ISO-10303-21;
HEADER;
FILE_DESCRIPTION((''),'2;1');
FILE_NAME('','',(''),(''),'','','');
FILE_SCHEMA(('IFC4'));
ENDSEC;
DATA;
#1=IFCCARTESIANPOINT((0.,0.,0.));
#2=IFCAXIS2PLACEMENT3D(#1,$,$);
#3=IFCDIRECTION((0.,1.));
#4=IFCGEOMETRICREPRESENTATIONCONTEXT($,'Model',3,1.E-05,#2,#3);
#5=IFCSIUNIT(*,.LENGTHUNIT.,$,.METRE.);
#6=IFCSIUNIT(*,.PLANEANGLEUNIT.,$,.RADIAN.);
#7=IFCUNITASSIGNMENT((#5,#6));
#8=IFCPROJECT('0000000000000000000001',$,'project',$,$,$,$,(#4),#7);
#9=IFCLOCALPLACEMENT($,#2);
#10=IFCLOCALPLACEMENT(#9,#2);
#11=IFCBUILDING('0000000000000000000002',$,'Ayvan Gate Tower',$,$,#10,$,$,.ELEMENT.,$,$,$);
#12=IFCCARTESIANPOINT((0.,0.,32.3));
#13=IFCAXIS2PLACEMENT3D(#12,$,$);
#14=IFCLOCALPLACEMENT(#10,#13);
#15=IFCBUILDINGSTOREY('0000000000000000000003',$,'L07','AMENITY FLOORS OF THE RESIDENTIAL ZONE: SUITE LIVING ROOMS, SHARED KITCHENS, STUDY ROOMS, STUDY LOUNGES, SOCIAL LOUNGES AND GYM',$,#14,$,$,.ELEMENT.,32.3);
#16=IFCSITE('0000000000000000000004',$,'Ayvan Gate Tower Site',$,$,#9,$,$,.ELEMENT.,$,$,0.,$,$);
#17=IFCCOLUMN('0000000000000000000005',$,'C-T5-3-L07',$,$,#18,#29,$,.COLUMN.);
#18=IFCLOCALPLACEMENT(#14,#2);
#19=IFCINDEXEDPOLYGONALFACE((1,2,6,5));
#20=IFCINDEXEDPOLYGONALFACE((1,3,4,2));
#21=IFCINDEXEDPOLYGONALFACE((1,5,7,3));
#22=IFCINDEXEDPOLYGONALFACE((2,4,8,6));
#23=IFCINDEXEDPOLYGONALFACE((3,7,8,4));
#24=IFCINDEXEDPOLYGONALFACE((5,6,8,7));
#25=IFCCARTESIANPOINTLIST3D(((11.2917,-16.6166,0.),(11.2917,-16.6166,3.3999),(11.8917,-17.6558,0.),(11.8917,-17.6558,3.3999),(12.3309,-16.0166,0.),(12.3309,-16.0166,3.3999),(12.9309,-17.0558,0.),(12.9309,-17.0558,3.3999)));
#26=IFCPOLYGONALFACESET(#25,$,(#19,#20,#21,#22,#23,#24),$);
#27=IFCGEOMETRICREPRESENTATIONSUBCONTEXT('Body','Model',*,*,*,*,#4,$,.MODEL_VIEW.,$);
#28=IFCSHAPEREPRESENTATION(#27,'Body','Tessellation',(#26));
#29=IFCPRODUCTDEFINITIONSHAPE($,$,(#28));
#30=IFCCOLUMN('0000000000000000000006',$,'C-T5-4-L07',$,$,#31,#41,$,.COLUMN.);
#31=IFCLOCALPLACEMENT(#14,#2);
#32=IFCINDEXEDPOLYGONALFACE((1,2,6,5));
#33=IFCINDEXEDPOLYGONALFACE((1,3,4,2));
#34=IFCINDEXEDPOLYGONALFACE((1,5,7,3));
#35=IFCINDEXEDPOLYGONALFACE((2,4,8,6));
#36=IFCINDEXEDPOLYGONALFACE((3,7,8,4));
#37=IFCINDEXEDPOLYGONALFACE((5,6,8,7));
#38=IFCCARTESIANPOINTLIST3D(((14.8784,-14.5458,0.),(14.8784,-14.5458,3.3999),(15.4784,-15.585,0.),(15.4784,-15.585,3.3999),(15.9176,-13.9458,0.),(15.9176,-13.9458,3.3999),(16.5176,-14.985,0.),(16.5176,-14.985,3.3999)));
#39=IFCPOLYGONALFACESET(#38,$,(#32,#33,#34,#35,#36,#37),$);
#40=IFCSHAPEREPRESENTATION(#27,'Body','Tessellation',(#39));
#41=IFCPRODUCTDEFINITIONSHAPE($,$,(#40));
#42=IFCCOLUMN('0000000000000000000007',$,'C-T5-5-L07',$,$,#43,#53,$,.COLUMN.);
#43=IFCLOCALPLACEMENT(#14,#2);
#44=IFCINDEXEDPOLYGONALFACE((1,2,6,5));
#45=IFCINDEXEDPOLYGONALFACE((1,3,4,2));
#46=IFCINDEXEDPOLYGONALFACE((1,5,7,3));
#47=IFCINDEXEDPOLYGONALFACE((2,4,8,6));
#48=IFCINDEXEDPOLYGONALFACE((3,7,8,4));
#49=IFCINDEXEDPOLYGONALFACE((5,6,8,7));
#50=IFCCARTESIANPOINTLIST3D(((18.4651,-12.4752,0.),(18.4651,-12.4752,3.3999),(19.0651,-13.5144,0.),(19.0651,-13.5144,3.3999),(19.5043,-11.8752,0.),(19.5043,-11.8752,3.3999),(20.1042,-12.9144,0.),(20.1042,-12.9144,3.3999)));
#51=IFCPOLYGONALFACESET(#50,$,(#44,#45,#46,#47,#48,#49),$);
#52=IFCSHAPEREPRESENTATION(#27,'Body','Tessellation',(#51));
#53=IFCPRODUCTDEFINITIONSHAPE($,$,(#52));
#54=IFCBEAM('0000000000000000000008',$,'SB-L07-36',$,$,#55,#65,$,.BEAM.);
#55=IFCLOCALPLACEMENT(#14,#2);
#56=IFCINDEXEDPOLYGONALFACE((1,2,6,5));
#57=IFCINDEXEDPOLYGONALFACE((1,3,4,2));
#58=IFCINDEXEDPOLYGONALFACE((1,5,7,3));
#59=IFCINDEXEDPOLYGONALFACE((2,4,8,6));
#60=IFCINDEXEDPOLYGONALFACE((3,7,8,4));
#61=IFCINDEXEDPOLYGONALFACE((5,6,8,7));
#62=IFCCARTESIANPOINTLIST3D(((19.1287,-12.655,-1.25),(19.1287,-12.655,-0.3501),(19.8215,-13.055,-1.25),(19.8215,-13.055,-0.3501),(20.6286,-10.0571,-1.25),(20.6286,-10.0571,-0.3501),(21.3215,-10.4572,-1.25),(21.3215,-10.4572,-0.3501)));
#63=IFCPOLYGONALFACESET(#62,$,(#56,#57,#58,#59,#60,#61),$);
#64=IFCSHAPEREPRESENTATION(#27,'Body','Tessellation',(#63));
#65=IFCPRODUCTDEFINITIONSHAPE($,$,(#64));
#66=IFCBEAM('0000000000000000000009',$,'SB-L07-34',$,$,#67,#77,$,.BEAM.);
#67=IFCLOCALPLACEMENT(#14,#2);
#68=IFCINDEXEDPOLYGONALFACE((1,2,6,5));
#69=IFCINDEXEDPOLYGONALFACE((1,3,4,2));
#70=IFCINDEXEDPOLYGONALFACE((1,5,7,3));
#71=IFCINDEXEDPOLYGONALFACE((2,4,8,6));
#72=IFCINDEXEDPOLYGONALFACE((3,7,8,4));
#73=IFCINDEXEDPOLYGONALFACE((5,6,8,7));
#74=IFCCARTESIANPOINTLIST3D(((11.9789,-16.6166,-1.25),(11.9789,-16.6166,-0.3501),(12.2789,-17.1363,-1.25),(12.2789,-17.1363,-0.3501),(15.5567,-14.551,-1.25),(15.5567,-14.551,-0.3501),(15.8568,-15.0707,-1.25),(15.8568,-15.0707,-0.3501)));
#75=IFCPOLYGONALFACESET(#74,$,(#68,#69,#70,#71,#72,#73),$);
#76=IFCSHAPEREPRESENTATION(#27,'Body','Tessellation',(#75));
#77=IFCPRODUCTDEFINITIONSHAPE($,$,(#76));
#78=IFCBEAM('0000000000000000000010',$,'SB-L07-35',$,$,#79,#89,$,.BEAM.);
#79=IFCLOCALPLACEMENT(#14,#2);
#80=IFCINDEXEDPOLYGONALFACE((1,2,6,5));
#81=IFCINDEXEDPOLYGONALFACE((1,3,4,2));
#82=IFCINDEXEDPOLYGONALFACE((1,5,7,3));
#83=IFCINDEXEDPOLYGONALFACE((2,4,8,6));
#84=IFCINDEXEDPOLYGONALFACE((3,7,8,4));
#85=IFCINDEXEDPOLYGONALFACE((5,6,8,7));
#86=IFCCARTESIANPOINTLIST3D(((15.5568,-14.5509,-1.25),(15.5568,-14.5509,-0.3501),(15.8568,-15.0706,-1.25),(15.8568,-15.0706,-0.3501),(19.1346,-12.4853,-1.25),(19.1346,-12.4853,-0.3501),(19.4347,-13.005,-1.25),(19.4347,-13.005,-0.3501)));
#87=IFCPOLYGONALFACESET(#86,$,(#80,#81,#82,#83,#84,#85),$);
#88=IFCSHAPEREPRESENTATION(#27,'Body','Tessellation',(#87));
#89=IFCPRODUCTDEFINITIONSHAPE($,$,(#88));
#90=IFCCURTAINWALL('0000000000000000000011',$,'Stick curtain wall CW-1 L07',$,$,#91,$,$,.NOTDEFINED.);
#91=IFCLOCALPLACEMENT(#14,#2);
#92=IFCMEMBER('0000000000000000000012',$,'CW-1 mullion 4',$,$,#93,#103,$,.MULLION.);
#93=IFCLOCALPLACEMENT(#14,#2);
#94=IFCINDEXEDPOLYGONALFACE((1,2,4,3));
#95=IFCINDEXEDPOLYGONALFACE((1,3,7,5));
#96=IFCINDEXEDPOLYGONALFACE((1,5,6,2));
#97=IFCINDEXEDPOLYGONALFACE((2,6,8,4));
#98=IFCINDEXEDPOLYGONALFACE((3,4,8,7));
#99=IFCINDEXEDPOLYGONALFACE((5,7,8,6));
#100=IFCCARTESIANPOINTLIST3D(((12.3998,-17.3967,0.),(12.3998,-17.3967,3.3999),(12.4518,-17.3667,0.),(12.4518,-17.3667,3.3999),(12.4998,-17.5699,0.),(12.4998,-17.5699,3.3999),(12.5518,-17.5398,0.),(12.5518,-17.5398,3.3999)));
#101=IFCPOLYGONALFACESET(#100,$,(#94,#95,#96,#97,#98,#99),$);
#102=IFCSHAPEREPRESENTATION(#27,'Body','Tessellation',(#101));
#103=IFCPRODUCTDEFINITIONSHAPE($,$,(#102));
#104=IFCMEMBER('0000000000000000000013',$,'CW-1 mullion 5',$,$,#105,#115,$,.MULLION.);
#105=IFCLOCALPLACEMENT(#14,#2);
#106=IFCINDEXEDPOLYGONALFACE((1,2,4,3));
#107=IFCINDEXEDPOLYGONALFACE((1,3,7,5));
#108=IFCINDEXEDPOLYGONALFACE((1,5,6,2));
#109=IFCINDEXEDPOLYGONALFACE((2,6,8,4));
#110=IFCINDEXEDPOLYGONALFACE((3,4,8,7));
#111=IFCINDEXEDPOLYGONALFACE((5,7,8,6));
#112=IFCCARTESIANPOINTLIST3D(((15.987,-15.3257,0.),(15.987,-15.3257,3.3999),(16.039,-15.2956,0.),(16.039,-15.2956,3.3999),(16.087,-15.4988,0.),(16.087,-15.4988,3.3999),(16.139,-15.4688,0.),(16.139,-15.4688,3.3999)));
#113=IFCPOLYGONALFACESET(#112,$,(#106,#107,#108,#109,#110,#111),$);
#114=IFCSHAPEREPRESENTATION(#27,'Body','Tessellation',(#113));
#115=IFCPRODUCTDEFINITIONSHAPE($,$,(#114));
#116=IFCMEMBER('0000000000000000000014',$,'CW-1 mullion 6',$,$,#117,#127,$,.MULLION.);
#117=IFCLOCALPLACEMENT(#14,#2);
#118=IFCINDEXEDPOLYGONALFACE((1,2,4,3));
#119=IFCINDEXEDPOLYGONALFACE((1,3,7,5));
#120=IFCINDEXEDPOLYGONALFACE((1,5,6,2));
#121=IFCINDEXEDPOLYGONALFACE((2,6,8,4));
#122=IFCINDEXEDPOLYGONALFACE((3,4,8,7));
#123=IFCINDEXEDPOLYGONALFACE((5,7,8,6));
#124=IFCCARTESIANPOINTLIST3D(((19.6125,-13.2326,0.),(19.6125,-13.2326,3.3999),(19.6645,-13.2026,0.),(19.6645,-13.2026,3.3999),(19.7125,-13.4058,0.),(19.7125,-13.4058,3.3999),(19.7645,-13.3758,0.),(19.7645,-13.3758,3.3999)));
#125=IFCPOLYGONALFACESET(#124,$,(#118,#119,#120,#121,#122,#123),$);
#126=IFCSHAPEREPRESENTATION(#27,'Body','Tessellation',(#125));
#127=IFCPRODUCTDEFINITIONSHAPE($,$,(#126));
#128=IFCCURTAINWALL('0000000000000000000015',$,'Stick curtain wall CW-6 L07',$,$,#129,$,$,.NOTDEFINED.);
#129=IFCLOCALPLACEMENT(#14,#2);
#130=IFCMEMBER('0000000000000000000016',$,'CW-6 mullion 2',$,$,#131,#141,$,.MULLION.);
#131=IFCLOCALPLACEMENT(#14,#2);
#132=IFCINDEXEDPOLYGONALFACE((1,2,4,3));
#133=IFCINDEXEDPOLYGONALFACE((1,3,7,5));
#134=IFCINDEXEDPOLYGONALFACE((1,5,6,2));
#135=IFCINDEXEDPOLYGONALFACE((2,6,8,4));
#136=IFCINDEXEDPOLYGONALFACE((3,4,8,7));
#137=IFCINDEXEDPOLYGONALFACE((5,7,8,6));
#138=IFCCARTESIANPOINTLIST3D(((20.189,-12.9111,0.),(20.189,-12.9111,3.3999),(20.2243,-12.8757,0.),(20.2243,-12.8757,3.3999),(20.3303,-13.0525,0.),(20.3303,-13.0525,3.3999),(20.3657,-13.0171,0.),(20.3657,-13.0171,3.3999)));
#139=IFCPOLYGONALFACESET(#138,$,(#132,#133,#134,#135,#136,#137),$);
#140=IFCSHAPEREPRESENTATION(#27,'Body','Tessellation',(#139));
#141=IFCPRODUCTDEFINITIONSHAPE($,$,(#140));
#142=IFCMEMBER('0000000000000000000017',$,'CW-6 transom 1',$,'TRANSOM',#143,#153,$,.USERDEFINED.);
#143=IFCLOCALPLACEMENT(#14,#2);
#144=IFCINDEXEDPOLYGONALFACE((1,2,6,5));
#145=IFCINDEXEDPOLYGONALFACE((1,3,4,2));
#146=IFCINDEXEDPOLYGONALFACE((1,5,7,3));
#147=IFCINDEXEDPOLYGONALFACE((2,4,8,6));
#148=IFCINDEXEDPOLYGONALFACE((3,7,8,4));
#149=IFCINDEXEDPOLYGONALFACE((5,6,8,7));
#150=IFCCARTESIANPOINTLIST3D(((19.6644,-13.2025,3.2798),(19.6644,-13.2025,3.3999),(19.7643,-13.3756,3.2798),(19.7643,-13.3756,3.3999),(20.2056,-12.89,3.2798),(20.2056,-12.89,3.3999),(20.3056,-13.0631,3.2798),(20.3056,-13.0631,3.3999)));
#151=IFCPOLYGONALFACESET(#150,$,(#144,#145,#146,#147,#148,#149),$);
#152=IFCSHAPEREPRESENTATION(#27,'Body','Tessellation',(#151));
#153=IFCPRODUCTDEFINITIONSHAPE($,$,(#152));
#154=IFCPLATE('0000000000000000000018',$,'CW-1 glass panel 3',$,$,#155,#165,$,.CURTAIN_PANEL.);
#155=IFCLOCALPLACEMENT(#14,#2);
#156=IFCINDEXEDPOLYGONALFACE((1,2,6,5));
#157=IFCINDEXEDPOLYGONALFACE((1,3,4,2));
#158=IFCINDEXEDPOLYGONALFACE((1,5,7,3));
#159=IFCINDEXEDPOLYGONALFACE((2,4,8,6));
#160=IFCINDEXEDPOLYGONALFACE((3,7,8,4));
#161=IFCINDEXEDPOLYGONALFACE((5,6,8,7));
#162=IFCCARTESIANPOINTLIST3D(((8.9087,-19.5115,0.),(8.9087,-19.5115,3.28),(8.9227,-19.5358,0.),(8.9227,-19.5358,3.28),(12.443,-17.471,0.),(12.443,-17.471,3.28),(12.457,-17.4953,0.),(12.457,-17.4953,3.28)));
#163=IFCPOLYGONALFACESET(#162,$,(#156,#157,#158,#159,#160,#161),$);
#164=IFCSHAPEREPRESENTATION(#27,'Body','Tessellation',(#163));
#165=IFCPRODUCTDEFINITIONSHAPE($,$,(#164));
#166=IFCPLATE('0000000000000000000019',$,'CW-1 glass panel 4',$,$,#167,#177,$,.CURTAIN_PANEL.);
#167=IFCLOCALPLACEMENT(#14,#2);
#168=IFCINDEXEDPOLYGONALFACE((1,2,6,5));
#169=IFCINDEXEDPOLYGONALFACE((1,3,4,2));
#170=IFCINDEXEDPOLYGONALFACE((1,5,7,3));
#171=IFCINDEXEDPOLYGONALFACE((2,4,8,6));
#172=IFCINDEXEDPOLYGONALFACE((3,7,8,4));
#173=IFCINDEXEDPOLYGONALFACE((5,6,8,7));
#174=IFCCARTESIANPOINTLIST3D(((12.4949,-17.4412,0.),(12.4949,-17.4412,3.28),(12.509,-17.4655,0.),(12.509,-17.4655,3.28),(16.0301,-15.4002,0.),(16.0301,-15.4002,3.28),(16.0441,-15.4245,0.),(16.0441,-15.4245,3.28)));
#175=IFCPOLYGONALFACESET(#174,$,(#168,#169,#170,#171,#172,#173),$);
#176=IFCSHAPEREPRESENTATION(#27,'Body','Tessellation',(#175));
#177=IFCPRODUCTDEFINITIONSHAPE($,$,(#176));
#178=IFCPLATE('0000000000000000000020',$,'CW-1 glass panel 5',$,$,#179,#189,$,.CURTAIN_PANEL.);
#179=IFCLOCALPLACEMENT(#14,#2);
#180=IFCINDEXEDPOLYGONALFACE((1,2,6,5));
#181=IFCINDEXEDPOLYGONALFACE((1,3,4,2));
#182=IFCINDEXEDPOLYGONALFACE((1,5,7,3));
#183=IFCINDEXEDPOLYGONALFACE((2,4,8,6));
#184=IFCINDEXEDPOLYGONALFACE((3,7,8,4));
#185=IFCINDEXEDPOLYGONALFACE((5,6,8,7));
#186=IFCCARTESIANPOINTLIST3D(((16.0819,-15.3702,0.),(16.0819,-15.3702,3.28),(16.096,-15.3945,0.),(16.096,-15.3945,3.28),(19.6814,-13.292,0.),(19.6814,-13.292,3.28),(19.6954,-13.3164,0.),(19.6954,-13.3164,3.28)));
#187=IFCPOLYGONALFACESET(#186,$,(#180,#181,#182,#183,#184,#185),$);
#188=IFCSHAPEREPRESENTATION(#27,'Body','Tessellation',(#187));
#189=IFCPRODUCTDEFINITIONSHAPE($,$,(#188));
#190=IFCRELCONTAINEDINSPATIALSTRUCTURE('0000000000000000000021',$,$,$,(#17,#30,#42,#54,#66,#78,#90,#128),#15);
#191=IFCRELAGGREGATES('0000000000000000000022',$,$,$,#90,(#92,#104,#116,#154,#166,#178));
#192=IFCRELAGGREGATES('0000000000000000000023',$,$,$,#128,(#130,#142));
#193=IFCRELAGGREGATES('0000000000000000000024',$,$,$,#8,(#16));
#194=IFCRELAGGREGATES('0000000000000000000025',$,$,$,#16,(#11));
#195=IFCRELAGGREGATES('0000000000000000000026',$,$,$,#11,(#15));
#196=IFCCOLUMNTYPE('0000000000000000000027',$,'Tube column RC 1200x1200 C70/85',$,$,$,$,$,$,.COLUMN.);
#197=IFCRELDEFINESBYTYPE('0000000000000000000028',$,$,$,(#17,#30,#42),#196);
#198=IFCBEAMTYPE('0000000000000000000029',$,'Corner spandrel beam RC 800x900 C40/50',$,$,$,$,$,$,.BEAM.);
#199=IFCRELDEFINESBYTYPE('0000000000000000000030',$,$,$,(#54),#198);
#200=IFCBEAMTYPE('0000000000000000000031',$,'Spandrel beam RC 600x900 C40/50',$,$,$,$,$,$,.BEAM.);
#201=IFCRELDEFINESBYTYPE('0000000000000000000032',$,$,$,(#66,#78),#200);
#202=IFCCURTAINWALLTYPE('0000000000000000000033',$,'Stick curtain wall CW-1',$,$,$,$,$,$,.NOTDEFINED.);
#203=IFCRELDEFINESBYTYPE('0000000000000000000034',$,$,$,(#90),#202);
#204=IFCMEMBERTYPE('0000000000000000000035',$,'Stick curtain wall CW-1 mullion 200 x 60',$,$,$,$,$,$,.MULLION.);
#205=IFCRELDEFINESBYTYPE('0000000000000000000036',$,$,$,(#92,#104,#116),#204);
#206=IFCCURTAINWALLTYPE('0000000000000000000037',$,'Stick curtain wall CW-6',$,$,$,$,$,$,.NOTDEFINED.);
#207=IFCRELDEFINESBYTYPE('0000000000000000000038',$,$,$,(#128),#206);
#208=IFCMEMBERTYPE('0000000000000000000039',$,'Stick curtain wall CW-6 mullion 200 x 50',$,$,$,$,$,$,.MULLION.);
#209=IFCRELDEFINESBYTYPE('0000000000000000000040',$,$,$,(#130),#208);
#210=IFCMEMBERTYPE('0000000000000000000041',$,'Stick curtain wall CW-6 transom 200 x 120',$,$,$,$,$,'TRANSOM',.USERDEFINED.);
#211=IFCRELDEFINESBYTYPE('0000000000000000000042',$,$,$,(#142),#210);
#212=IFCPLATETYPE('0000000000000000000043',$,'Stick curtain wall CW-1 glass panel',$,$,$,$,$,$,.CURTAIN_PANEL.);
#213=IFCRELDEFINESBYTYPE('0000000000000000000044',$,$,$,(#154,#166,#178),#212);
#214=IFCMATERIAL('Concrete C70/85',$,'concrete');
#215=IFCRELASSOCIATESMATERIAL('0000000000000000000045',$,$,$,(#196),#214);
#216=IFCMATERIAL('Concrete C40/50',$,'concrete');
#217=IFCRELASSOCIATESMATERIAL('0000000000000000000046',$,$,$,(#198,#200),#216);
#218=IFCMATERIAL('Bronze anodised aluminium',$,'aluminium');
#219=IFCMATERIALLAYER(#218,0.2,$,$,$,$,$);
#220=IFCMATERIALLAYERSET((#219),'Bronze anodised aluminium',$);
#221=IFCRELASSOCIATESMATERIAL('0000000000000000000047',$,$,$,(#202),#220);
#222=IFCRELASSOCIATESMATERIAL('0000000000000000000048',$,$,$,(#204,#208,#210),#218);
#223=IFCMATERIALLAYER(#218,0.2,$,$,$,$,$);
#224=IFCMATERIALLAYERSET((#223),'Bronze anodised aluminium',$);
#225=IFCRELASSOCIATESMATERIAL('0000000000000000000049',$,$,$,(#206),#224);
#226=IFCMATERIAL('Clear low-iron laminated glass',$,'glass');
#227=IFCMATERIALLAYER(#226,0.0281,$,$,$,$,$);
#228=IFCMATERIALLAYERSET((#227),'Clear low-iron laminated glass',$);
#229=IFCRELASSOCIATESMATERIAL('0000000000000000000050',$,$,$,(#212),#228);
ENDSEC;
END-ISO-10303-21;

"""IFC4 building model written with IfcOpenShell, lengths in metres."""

from ifc_helpers import new_model, si_unit, direction, frame, origin, origin_2d, place, context, subcontext, project, spatial, rectangle, extrude, material, layer, layer_set, material_profile, profile_set, type_object, element, aggregate, save


model = new_model("IFC4")

# Units and contexts
model_context = context("Model", 3, precision=1e-05, world=origin(), true_north=direction((0.0, 1.0)))
body_context = subcontext(model_context, "Body", "Model", "MODEL_VIEW")
ifc_project = project(units=[si_unit("LENGTHUNIT", "METRE"), si_unit("PLANEANGLEUNIT", "RADIAN")], contexts=[model_context])

# Site, building, storey
site_placement = place(None, origin())
site = spatial("IfcSite", under=ifc_project, at=site_placement, Name="Ayvan Gate Tower Site", CompositionType="ELEMENT", RefElevation=0.0)
building_placement = place(site_placement, origin())
building = spatial("IfcBuilding", under=site, at=building_placement, Name="Ayvan Gate Tower", CompositionType="ELEMENT")
storey_placement = place(building_placement, frame((0.0, 0.0, 32.3)))
storey = spatial("IfcBuildingStorey", under=building, at=storey_placement, Name="L07", Description="AMENITY FLOORS OF THE RESIDENTIAL ZONE: SUITE LIVING ROOMS, SHARED KITCHENS, STUDY ROOMS, STUDY LOUNGES, SOCIAL LOUNGES AND GYM", CompositionType="ELEMENT", Elevation=32.3)

# Columns
ifc_material_1 = material(Name="Concrete C70/85", Category="concrete")
ifc_material_profile_1 = material_profile(ifc_material_1, rectangle(XDim=1.2, YDim=1.2, at=origin_2d()), Name="RC 1200x1200")
ifc_profile_set_1 = profile_set([ifc_material_profile_1], Name="Concrete C70/85")
column_type = type_object("IfcColumnType", Name="Tube column RC 1200x1200 C70/85", PredefinedType="COLUMN", material=ifc_profile_set_1)
for number, where, z_axis, x_axis, name in (
    (1, (12.1113, -16.8362, 0.0), (0.0, 0.0, 1.0), (0.5, -0.866025, 0.0), "C-T5-3-L07"),
    (2, (15.698, -14.7654, 0.0), (0.0, 0.0, 1.0), (0.5, -0.866025, 0.0), "C-T5-4-L07"),
    (3, (19.2847, -12.6948, 0.0), (0.0, 0.0, 1.0), (0.5, -0.866025, 0.0), "C-T5-5-L07"),
):
    element("IfcColumn", number, at=place(storey_placement, frame(where, z_axis=z_axis, x_axis=x_axis)), inside=storey, type_object=column_type, Name=name, PredefinedType="COLUMN", context=body_context, shape_type="SweptSolid", body=[
        extrude(rectangle(XDim=1.2, YDim=1.2, at=origin_2d()), origin(), (0.0, 0.0, 1.0), 3.3999),
    ])

# Beams
ifc_material_2 = material(Name="Concrete C40/50", Category="concrete")
ifc_material_profile_2 = material_profile(ifc_material_2, rectangle(XDim=0.8, YDim=0.8999, at=origin_2d()), Name="RC 800x900")
ifc_profile_set_2 = profile_set([ifc_material_profile_2], Name="Concrete C40/50")
beam_type_1 = type_object("IfcBeamType", Name="Corner spandrel beam RC 800x900 C40/50", PredefinedType="BEAM", material=ifc_profile_set_2)
beam_placement = place(storey_placement, frame((19.4751, -12.855, -0.8), z_axis=(0.500025, 0.866011, 0.0), x_axis=(-0.866011, 0.500025, 0.0)))
element("IfcBeam", 4, at=beam_placement, inside=storey, type_object=beam_type_1, Name="SB-L07-36", PredefinedType="BEAM", context=body_context, shape_type="SweptSolid", body=[
    extrude(rectangle(XDim=0.8, YDim=0.8999, at=origin_2d()), origin(), (0.0, 0.0, 1.0), 2.9998),
])
ifc_material_profile_3 = material_profile(ifc_material_2, rectangle(XDim=0.6001, YDim=0.8999, at=origin_2d()), Name="RC 600x900")
ifc_profile_set_3 = profile_set([ifc_material_profile_3], Name="Concrete C40/50")
beam_type_2 = type_object("IfcBeamType", Name="Spandrel beam RC 600x900 C40/50", PredefinedType="BEAM", material=ifc_profile_set_3)
for number, where, z_axis, x_axis, name in (
    (5, (12.1289, -16.8765, -0.8), (0.866027, 0.499997, 0.0), (-0.499997, 0.866027, 0.0), "SB-L07-34"),
    (6, (15.7068, -14.8108, -0.8), (0.866027, 0.499997, 0.0), (-0.499997, 0.866027, 0.0), "SB-L07-35"),
):
    element("IfcBeam", number, at=place(storey_placement, frame(where, z_axis=z_axis, x_axis=x_axis)), inside=storey, type_object=beam_type_2, Name=name, PredefinedType="BEAM", context=body_context, shape_type="SweptSolid", body=[
        extrude(rectangle(XDim=0.6001, YDim=0.8999, at=origin_2d()), origin(), (0.0, 0.0, 1.0), 4.1313),
    ])

# Curtain walls, members
ifc_material_3 = material(Name="Bronze anodised aluminium", Category="aluminium")
ifc_layer_1 = layer(ifc_material_3, 0.2)
ifc_layer_set_1 = layer_set([ifc_layer_1], Name="Bronze anodised aluminium")
curtain_wall_type_1 = type_object("IfcCurtainWallType", Name="Stick curtain wall CW-1", PredefinedType="NOTDEFINED", material=ifc_layer_set_1)
curtain_wall_1_placement = place(storey_placement, origin())
curtain_wall_1 = element("IfcCurtainWall", 7, at=curtain_wall_1_placement, inside=storey, type_object=curtain_wall_type_1, Name="Stick curtain wall CW-1 L07", PredefinedType="NOTDEFINED")
ifc_material_profile_4 = material_profile(ifc_material_3, rectangle(XDim=0.2, YDim=0.0601, at=origin_2d()), Name="Stick curtain wall CW-1 mullion 200 x 60")
ifc_profile_set_4 = profile_set([ifc_material_profile_4], Name="Bronze anodised aluminium")
member_type_1 = type_object("IfcMemberType", Name="Stick curtain wall CW-1 mullion 200 x 60", PredefinedType="MULLION", material=ifc_profile_set_4)
member_1_placement = place(storey_placement, frame((12.4758, -17.4683, 0.0), z_axis=(0.0, 0.0, 1.0), x_axis=(0.5, -0.866025, 0.0)))
member_1 = element("IfcMember", 8, at=member_1_placement, type_object=member_type_1, Name="CW-1 mullion 4", PredefinedType="MULLION", context=body_context, shape_type="SweptSolid", body=[
    extrude(rectangle(XDim=0.2, YDim=0.0601, at=origin_2d()), origin(), (0.0, 0.0, 1.0), 3.3999),
])
member_2_placement = place(storey_placement, frame((16.063, -15.3972, 0.0), z_axis=(0.0, 0.0, 1.0), x_axis=(0.5, -0.866025, 0.0)))
member_2 = element("IfcMember", 9, at=member_2_placement, type_object=member_type_1, Name="CW-1 mullion 5", PredefinedType="MULLION", context=body_context, shape_type="SweptSolid", body=[
    extrude(rectangle(XDim=0.2, YDim=0.0601, at=origin_2d()), origin(), (0.0, 0.0, 1.0), 3.3999),
])
member_3_placement = place(storey_placement, frame((19.6885, -13.3042, 0.0), z_axis=(0.0, 0.0, 1.0), x_axis=(0.5, -0.866025, 0.0)))
member_3 = element("IfcMember", 10, at=member_3_placement, type_object=member_type_1, Name="CW-1 mullion 6", PredefinedType="MULLION", context=body_context, shape_type="SweptSolid", body=[
    extrude(rectangle(XDim=0.2, YDim=0.0601, at=origin_2d()), origin(), (0.0, 0.0, 1.0), 3.3999),
])
ifc_layer_2 = layer(ifc_material_3, 0.2)
ifc_layer_set_2 = layer_set([ifc_layer_2], Name="Bronze anodised aluminium")
curtain_wall_type_2 = type_object("IfcCurtainWallType", Name="Stick curtain wall CW-6", PredefinedType="NOTDEFINED", material=ifc_layer_set_2)
curtain_wall_2_placement = place(storey_placement, origin())
curtain_wall_2 = element("IfcCurtainWall", 11, at=curtain_wall_2_placement, inside=storey, type_object=curtain_wall_type_2, Name="Stick curtain wall CW-6 L07", PredefinedType="NOTDEFINED")
ifc_material_profile_5 = material_profile(ifc_material_3, rectangle(XDim=0.2, YDim=0.05, at=origin_2d()), Name="Stick curtain wall CW-6 mullion 200 x 50")
ifc_profile_set_5 = profile_set([ifc_material_profile_5], Name="Bronze anodised aluminium")
member_type_2 = type_object("IfcMemberType", Name="Stick curtain wall CW-6 mullion 200 x 50", PredefinedType="MULLION", material=ifc_profile_set_5)
member_4_placement = place(storey_placement, frame((20.2773, -12.9641, 0.0), z_axis=(0.0, 0.0, 1.0), x_axis=(0.707107, -0.707107, 0.0)))
member_4 = element("IfcMember", 12, at=member_4_placement, type_object=member_type_2, Name="CW-6 mullion 2", PredefinedType="MULLION", context=body_context, shape_type="SweptSolid", body=[
    extrude(rectangle(XDim=0.2, YDim=0.05, at=origin_2d()), origin(), (0.0, 0.0, 1.0), 3.3999),
])
ifc_material_profile_6 = material_profile(ifc_material_3, rectangle(XDim=0.2, YDim=0.1201, at=origin_2d()), Name="Stick curtain wall CW-6 transom 200 x 120")
ifc_profile_set_6 = profile_set([ifc_material_profile_6], Name="Bronze anodised aluminium")
member_type_3 = type_object("IfcMemberType", Name="Stick curtain wall CW-6 transom 200 x 120", ElementType="TRANSOM", PredefinedType="USERDEFINED", material=ifc_profile_set_6)
member_5_placement = place(storey_placement, frame((19.7144, -13.2891, 3.3398), z_axis=(0.866023, 0.500004, 0.0), x_axis=(-0.500004, 0.866023, 0.0)))
member_5 = element("IfcMember", 13, at=member_5_placement, type_object=member_type_3, Name="CW-6 transom 1", ObjectType="TRANSOM", PredefinedType="USERDEFINED", context=body_context, shape_type="SweptSolid", body=[
    extrude(rectangle(XDim=0.2, YDim=0.1201, at=origin_2d()), origin(), (0.0, 0.0, 1.0), 0.625),
])

# Plates
ifc_material_4 = material(Name="Clear low-iron laminated glass", Category="glass")
ifc_layer_3 = layer(ifc_material_4, 0.0281)
ifc_layer_set_3 = layer_set([ifc_layer_3], Name="Clear low-iron laminated glass")
plate_type_1 = type_object("IfcPlateType", Name="Stick curtain wall CW-1 glass panel", PredefinedType="CURTAIN_PANEL", material=ifc_layer_set_3)
plate_1_placement = place(storey_placement, frame((10.6829, -18.5034, 0.0), z_axis=(0.0, 0.0, 1.0), x_axis=(0.866025, 0.5, 0.0)))
plate_1 = element("IfcPlate", 14, at=plate_1_placement, type_object=plate_type_1, Name="CW-1 glass panel 3", PredefinedType="CURTAIN_PANEL", context=body_context, shape_type="SweptSolid", body=[
    extrude(rectangle(XDim=4.0811, YDim=0.0281, at=origin_2d()), origin(), (0.0, 0.0, 1.0), 3.28),
])
plate_2_placement = place(storey_placement, frame((14.2695, -16.4329, 0.0), z_axis=(0.0, 0.0, 1.0), x_axis=(0.866025, 0.5, 0.0)))
plate_2 = element("IfcPlate", 15, at=plate_2_placement, type_object=plate_type_1, Name="CW-1 glass panel 4", PredefinedType="CURTAIN_PANEL", context=body_context, shape_type="SweptSolid", body=[
    extrude(rectangle(XDim=4.082, YDim=0.0281, at=origin_2d()), origin(), (0.0, 0.0, 1.0), 3.28),
])
plate_3_placement = place(storey_placement, frame((17.8887, -14.3433, 0.0), z_axis=(0.0, 0.0, 1.0), x_axis=(0.866025, 0.5, 0.0)))
plate_3 = element("IfcPlate", 16, at=plate_3_placement, type_object=plate_type_1, Name="CW-1 glass panel 5", PredefinedType="CURTAIN_PANEL", context=body_context, shape_type="SweptSolid", body=[
    extrude(rectangle(XDim=4.1562, YDim=0.0281, at=origin_2d()), origin(), (0.0, 0.0, 1.0), 3.28),
])
aggregate(curtain_wall_1, [member_1, member_2, member_3, plate_1, plate_2, plate_3])
aggregate(curtain_wall_2, [member_4, member_5])

save(model, "model.ifc")
